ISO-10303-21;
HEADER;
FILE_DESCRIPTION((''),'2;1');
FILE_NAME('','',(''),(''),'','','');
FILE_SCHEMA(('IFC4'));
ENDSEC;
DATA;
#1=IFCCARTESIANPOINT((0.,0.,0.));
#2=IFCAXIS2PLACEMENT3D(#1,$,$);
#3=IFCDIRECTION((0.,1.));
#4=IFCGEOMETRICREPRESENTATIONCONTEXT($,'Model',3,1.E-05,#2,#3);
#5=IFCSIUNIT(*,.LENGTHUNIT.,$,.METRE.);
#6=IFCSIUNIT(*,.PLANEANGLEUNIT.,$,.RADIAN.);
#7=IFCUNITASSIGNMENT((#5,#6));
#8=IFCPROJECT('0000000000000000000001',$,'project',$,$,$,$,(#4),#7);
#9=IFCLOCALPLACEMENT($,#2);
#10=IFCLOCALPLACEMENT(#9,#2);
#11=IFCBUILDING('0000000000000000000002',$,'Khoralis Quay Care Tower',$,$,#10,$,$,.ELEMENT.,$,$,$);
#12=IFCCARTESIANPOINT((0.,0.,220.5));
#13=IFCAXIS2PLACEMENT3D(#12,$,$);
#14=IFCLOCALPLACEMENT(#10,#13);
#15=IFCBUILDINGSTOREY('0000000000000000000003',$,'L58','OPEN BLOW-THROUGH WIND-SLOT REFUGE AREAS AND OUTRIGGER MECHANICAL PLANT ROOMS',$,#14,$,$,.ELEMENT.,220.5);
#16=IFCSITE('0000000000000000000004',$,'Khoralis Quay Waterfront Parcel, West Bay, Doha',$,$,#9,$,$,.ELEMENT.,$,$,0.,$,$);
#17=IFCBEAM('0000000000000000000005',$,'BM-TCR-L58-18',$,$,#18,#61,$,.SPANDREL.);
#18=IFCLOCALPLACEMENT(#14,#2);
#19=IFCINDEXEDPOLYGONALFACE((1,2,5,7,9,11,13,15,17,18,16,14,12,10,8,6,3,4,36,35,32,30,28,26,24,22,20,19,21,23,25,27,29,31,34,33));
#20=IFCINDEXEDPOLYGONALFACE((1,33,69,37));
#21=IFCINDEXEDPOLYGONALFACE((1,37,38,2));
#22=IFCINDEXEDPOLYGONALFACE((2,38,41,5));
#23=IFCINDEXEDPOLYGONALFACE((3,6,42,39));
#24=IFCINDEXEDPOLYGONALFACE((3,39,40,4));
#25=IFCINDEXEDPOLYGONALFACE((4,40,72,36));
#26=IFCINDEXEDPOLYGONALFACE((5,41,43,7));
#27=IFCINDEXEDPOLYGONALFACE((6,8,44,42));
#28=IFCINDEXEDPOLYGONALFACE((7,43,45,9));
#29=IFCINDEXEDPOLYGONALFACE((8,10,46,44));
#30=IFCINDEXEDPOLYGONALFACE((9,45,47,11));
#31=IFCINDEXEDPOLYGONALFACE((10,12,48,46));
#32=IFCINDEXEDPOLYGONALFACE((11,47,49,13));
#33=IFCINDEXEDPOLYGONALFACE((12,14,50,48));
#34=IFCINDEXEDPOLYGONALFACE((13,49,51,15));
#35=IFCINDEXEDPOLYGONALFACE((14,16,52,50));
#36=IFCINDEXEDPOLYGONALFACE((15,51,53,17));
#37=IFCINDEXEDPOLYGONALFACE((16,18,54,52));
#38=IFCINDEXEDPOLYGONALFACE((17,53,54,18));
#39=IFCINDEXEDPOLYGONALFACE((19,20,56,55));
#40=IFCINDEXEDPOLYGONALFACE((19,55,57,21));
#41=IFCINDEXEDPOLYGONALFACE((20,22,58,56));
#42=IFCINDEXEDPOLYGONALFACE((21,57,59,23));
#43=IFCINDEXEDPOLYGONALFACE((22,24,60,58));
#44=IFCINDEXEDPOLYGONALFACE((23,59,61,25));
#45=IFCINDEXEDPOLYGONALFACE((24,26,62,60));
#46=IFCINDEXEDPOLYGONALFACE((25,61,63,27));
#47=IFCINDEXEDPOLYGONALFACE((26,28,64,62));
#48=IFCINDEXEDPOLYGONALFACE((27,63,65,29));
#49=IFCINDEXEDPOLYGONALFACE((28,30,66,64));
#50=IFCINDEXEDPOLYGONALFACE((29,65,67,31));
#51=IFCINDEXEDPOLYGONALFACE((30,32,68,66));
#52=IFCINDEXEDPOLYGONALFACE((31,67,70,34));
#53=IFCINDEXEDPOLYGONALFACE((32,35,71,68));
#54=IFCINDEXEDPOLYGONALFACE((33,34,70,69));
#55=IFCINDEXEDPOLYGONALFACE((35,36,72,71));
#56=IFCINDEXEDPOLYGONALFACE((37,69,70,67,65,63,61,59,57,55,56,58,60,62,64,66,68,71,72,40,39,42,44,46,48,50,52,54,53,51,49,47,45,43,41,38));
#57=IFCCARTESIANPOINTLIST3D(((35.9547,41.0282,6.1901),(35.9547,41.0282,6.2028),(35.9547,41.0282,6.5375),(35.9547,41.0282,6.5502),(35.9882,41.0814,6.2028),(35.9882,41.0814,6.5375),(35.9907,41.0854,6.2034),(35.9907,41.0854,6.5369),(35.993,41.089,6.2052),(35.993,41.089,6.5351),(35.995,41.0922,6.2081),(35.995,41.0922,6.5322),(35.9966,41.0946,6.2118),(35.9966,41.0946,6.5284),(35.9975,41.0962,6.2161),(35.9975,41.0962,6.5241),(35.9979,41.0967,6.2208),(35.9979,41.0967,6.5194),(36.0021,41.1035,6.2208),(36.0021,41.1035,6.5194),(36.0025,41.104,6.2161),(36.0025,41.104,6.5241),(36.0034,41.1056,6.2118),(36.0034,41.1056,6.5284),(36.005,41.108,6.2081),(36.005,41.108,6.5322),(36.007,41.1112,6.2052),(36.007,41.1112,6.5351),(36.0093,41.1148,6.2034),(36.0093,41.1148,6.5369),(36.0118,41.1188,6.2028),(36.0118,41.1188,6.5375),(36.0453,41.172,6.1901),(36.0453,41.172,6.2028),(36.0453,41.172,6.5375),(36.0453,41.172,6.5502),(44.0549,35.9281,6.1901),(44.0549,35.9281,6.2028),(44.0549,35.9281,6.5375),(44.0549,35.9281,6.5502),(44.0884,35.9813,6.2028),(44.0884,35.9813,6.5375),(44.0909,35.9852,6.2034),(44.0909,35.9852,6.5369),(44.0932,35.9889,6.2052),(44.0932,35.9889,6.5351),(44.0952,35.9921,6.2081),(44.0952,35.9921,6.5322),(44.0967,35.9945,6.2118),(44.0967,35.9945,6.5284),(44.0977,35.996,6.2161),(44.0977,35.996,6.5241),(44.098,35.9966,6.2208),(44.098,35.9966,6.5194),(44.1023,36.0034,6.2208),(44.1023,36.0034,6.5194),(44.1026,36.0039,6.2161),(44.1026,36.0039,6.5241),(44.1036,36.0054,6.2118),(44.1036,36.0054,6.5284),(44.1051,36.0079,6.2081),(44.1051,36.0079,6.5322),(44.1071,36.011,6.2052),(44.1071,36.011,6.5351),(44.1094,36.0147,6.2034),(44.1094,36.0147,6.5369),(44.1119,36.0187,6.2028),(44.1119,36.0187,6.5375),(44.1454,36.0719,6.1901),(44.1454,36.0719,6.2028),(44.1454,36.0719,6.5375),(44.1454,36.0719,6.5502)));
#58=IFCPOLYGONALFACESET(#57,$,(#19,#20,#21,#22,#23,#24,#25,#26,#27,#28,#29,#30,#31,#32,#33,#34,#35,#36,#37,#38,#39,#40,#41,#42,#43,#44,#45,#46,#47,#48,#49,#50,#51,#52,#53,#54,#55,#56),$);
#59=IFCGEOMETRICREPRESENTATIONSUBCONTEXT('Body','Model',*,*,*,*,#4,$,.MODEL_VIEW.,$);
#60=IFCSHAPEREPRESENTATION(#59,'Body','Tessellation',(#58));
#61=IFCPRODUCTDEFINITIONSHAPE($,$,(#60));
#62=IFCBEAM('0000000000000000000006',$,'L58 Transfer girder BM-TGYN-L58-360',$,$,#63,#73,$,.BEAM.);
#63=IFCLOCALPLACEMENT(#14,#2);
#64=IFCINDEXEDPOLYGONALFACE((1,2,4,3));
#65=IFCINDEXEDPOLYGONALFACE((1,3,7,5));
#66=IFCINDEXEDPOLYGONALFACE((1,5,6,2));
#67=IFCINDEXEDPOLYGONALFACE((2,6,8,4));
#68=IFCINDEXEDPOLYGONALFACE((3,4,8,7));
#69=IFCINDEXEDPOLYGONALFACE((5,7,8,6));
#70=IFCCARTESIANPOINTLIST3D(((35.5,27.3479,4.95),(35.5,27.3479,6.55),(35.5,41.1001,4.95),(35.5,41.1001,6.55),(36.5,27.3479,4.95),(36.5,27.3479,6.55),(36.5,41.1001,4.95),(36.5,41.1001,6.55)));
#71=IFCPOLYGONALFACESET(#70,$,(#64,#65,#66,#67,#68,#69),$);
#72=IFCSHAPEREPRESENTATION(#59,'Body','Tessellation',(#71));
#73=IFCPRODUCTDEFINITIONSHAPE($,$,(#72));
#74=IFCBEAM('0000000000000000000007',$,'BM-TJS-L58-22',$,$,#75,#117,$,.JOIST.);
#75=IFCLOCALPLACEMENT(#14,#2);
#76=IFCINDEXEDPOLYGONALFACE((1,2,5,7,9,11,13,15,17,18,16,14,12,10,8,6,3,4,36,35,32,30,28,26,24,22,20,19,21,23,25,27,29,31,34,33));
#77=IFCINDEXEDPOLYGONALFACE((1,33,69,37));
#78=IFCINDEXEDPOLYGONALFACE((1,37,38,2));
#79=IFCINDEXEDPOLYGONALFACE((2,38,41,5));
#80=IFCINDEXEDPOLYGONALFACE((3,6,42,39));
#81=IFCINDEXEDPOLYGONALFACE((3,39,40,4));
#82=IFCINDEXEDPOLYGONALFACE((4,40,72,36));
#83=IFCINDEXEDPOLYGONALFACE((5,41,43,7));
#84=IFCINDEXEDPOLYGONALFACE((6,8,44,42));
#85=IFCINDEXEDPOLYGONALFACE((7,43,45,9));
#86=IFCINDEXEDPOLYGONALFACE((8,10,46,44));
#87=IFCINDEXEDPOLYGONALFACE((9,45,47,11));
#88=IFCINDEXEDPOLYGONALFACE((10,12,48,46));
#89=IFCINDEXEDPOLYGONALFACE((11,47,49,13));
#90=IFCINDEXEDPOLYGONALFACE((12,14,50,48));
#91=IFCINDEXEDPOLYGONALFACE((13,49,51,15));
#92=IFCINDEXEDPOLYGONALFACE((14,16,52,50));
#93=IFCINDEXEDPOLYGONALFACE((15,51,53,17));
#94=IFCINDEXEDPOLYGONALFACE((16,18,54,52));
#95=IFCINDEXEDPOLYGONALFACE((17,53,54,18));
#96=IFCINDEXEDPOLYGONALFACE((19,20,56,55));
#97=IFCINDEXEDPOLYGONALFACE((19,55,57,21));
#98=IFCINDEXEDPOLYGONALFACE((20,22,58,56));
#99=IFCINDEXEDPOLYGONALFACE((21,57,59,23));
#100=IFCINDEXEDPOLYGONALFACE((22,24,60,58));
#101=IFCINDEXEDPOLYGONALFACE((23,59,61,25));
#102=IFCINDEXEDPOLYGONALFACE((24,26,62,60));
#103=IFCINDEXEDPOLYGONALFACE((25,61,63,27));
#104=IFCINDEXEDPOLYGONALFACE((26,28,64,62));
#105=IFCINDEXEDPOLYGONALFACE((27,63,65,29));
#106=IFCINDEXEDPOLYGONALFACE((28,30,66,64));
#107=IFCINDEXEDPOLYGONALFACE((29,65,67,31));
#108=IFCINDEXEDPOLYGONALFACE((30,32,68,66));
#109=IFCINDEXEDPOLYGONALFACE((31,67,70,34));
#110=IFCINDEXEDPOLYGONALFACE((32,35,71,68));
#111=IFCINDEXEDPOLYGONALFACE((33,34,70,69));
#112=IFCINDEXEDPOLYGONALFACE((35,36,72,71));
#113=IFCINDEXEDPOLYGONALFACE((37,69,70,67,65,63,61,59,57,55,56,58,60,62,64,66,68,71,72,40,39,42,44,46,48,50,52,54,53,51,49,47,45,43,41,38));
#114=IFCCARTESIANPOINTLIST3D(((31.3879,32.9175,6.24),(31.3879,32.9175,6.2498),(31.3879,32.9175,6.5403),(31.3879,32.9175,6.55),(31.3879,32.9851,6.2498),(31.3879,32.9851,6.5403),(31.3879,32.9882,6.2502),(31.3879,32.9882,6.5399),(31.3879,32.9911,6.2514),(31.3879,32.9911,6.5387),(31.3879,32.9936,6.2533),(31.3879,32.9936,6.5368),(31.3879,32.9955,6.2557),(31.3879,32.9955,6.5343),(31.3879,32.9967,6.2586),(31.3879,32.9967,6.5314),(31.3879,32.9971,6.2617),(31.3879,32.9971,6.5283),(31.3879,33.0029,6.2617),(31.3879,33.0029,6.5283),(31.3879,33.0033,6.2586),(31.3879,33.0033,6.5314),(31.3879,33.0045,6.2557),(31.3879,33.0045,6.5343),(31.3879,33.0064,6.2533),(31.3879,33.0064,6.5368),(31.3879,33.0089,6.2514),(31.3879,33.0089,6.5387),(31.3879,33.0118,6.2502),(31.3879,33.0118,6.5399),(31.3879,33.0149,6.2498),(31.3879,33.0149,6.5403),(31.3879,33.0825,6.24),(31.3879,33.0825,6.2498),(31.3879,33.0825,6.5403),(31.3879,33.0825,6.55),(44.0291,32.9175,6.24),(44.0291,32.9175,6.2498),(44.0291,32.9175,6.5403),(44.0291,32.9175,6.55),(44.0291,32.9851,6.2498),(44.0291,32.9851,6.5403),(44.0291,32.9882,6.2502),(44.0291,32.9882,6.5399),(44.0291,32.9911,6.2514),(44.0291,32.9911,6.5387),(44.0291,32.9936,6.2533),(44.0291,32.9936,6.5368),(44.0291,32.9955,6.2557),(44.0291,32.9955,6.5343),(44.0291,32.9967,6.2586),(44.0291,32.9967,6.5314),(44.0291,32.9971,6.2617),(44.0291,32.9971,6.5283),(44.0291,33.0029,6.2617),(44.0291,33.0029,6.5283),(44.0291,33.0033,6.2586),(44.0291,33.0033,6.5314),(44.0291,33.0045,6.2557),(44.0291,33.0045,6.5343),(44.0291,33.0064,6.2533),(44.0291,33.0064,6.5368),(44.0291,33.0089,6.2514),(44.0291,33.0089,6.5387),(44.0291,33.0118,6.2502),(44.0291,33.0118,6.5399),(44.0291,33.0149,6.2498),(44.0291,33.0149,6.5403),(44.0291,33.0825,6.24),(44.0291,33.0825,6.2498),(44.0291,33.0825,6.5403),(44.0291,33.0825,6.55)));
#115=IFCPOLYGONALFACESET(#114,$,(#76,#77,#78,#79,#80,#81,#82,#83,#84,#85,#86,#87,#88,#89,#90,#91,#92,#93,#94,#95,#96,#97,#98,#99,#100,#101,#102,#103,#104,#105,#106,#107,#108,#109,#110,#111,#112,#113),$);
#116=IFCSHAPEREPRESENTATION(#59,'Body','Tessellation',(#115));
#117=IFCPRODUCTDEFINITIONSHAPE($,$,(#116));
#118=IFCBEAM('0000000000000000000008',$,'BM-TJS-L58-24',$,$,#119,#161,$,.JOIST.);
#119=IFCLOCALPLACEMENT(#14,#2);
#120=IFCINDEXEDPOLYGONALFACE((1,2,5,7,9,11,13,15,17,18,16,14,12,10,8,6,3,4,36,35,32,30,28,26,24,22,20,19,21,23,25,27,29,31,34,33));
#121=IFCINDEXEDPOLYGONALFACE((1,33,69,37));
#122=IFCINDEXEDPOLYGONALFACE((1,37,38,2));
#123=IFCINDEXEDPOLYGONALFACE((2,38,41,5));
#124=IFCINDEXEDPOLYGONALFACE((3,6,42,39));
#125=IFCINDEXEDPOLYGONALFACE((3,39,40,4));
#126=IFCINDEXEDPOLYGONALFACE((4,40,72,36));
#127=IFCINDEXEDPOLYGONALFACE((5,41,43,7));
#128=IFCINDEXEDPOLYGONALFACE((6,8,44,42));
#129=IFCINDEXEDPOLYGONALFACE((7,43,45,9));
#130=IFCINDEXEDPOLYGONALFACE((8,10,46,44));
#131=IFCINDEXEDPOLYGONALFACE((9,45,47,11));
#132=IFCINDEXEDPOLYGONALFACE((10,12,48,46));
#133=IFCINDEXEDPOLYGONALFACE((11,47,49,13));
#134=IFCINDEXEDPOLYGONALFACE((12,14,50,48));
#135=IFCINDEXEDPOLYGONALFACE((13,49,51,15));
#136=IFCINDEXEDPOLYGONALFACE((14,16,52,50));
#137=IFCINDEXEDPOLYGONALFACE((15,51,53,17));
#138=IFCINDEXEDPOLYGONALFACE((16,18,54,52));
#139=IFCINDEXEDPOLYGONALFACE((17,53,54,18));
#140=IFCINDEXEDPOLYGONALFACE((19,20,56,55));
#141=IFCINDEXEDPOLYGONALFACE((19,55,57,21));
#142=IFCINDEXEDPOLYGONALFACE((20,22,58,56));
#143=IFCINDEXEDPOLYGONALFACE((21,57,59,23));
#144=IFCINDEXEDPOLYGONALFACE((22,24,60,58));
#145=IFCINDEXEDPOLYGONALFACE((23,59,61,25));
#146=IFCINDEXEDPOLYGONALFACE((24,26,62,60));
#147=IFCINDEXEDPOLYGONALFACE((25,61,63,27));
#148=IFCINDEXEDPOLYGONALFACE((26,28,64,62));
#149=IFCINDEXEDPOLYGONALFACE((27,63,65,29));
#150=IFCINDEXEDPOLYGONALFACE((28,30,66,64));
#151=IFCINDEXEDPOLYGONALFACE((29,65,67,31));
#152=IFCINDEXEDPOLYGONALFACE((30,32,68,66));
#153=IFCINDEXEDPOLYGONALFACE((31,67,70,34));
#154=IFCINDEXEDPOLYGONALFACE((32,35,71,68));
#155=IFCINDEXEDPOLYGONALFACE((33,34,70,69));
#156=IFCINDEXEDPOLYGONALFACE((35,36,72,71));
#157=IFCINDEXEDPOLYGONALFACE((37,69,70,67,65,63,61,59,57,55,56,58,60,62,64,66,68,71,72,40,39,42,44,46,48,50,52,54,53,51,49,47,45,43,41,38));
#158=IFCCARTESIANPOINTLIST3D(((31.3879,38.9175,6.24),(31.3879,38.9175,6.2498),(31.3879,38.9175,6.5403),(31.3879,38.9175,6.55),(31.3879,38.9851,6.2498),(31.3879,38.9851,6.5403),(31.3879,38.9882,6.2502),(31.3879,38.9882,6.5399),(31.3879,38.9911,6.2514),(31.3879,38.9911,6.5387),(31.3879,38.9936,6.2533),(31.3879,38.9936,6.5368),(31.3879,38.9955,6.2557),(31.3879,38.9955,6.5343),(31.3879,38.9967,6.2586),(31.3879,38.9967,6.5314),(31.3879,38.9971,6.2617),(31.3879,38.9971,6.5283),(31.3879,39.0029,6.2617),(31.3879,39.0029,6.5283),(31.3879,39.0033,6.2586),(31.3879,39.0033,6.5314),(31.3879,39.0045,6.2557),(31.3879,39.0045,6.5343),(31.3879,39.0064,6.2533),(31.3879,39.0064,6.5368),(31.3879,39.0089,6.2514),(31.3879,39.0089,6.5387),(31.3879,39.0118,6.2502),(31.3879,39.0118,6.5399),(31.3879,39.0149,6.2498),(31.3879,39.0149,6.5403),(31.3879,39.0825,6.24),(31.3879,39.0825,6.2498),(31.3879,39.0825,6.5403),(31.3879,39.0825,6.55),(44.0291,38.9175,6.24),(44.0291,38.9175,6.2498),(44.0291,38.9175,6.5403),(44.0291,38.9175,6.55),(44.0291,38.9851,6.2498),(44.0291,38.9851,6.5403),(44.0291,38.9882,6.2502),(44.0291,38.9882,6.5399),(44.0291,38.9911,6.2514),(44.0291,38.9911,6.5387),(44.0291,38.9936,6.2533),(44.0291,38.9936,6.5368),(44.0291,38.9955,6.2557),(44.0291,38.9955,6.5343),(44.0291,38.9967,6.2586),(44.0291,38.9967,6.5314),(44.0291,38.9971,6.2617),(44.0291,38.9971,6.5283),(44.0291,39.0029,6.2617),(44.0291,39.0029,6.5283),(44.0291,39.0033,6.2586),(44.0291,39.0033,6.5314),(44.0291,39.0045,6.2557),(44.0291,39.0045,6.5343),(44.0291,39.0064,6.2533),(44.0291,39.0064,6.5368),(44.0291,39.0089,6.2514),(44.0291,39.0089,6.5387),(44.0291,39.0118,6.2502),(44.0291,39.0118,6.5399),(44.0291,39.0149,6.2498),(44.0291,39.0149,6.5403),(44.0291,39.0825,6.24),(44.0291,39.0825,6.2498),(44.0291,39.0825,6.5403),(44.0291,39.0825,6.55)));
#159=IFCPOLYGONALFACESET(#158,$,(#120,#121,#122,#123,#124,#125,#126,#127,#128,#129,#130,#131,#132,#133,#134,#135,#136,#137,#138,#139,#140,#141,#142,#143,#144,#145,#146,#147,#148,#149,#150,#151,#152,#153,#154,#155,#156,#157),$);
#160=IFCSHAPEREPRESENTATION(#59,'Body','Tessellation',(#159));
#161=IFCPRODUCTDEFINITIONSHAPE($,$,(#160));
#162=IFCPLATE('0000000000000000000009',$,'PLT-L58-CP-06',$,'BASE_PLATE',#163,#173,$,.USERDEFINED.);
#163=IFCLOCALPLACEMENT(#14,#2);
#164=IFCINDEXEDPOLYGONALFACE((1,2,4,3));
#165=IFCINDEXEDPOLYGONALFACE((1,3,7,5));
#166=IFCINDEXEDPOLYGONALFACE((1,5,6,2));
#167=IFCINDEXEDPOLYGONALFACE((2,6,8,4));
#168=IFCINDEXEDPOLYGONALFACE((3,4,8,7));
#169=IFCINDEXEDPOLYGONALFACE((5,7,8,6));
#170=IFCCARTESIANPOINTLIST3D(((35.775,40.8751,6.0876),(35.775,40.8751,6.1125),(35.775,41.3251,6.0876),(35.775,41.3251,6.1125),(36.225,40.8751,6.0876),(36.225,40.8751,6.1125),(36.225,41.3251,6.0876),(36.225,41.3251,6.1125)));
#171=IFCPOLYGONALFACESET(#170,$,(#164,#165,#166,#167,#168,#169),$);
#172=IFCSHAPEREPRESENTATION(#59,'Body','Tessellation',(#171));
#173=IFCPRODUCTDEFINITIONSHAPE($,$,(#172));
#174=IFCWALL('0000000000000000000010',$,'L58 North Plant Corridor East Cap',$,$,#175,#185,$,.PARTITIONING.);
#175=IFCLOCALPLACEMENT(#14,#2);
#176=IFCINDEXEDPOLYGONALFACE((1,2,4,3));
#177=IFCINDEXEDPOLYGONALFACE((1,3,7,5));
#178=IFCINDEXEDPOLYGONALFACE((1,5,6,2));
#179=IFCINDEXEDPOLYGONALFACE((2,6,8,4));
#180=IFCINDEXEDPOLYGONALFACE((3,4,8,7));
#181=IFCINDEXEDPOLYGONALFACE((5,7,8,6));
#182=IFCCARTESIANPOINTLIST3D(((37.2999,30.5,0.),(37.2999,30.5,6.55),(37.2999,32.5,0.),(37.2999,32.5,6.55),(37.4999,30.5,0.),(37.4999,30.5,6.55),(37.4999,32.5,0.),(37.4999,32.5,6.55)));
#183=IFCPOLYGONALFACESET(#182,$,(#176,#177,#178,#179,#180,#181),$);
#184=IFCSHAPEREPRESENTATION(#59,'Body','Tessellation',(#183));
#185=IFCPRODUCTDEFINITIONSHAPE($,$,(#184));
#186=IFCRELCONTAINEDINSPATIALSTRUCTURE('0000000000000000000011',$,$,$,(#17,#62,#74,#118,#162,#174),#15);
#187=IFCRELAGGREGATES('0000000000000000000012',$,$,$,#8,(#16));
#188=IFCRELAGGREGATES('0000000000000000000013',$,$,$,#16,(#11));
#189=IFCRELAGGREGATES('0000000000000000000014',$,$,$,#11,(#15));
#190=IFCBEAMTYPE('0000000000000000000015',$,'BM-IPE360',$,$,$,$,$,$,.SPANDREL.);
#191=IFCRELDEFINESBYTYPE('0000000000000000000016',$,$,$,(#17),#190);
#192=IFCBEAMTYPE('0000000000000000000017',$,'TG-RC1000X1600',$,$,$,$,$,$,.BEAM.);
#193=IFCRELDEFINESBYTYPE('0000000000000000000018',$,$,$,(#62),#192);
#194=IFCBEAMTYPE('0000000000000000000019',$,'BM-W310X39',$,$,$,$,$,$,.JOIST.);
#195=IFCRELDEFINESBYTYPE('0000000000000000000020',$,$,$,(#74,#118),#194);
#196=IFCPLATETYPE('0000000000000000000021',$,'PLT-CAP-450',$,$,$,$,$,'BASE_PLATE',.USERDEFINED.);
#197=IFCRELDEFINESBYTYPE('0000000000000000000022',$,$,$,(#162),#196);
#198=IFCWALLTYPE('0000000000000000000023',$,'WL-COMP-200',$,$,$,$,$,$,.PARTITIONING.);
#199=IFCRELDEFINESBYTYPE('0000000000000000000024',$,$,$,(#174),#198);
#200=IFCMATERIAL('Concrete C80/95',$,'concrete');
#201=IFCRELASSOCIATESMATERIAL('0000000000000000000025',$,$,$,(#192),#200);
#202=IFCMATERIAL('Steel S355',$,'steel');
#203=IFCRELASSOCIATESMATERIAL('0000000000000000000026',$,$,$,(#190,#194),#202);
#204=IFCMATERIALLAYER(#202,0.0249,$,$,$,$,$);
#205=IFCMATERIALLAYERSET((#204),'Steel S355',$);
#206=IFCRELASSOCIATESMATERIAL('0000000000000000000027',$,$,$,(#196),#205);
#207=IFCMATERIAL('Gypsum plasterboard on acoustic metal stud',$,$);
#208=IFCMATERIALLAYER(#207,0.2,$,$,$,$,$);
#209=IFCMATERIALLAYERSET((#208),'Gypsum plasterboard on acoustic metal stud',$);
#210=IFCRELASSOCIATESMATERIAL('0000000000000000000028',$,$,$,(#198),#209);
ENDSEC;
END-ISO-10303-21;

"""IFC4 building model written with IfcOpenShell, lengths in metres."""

from ifc_helpers import new_model, si_unit, direction, frame, frame_2d, origin, origin_2d, place, context, subcontext, project, spatial, rectangle, i_section, extrude, source, transform, mapped, material, layer, layer_set, material_profile, profile_set, type_object, element, save


model = new_model("IFC4")

# Units and contexts
model_context = context("Model", 3, precision=1e-05, world=origin(), true_north=direction((0.0, 1.0)))
body_context = subcontext(model_context, "Body", "Model", "MODEL_VIEW")
ifc_project = project(units=[si_unit("LENGTHUNIT", "METRE"), si_unit("PLANEANGLEUNIT", "RADIAN")], contexts=[model_context])

# Site, building, storey
site_placement = place(None, origin())
site = spatial("IfcSite", under=ifc_project, at=site_placement, Name="Khoralis Quay Waterfront Parcel, West Bay, Doha", CompositionType="ELEMENT", RefElevation=0.0)
building_placement = place(site_placement, origin())
building = spatial("IfcBuilding", under=site, at=building_placement, Name="Khoralis Quay Care Tower", CompositionType="ELEMENT")
storey_placement = place(building_placement, frame((0.0, 0.0, 220.5)))
storey = spatial("IfcBuildingStorey", under=building, at=storey_placement, Name="L58", Description="OPEN BLOW-THROUGH WIND-SLOT REFUGE AREAS AND OUTRIGGER MECHANICAL PLANT ROOMS", CompositionType="ELEMENT", Elevation=220.5)

# Beams
ifc_material_1 = material(Name="Concrete C80/95", Category="concrete")
ifc_material_profile_1 = material_profile(ifc_material_1, rectangle(XDim=1.0, YDim=1.6001, at=origin_2d()), Name="Concrete C80/95")
ifc_profile_set_1 = profile_set([ifc_material_profile_1], Name="Concrete C80/95")
beam_type_1 = type_object("IfcBeamType", Name="TG-RC1000X1600", PredefinedType="BEAM", material=ifc_profile_set_1)
ifc_material_2 = material(Name="Steel S355", Category="steel")
ifc_material_profile_2 = material_profile(ifc_material_2, i_section(OverallWidth=0.1699, OverallDepth=0.3601, WebThickness=0.0081, FlangeThickness=0.0127, FilletRadius=0.0181, at=origin_2d()), Name="Steel S355")
ifc_profile_set_2 = profile_set([ifc_material_profile_2], Name="Steel S355")
beam_type_2 = type_object("IfcBeamType", Name="BM-IPE360", PredefinedType="SPANDREL", material=ifc_profile_set_2)
shared_shape_1 = source(origin(), body_context, "Body", "SweptSolid", [
    extrude(i_section(OverallWidth=0.1699, OverallDepth=0.3601, WebThickness=0.0081, FlangeThickness=0.0127, FilletRadius=0.0181, at=origin_2d()), origin(), (0.0, 0.0, 1.0), 9.572),
])
beam_1_placement = place(storey_placement, frame((36.0, 41.1001, 6.3701), z_axis=(0.846231, -0.532816, 0.0), x_axis=(0.532816, 0.846231, 0.0)))
element("IfcBeam", 1, at=beam_1_placement, inside=storey, type_object=beam_type_2, Name="BM-TCR-L58-18", PredefinedType="SPANDREL", context=body_context, shape_type="MappedRepresentation", body=[
    mapped(shared_shape_1, transform((0.0, 0.0, 0.0), scale=1.0)),
])
shared_shape_2 = source(origin(), body_context, "Body", "SweptSolid", [
    extrude(rectangle(XDim=1.0, YDim=1.6001, at=origin_2d()), origin(), (0.0, 0.0, 1.0), 13.7522),
])
beam_2_placement = place(storey_placement, frame((36.0, 27.3479, 5.75), z_axis=(0.0, 1.0, 0.0), x_axis=(-1.0, 0.0, 0.0)))
element("IfcBeam", 2, at=beam_2_placement, inside=storey, type_object=beam_type_1, Name="L58 Transfer girder BM-TGYN-L58-360", PredefinedType="BEAM", context=body_context, shape_type="MappedRepresentation", body=[
    mapped(shared_shape_2, transform((0.0, 0.0, 0.0), scale=1.0)),
])
ifc_material_profile_3 = material_profile(ifc_material_2, i_section(OverallWidth=0.165, OverallDepth=0.3101, WebThickness=0.0059, FlangeThickness=0.0098, FilletRadius=0.012, at=origin_2d()), Name="Steel S355")
ifc_profile_set_3 = profile_set([ifc_material_profile_3], Name="Steel S355")
beam_type_3 = type_object("IfcBeamType", Name="BM-W310X39", PredefinedType="JOIST", material=ifc_profile_set_3)
shared_shape_3 = source(origin(), body_context, "Body", "SweptSolid", [
    extrude(i_section(OverallWidth=0.165, OverallDepth=0.3101, WebThickness=0.0059, FlangeThickness=0.0098, FilletRadius=0.012, at=origin_2d()), origin(), (0.0, 0.0, 1.0), 12.6411),
])
for number, where, z_axis, x_axis, name in (
    (3, (31.3879, 33.0, 6.395), (1.0, 0.0, 0.0), (0.0, 1.0, 0.0), "BM-TJS-L58-22"),
    (4, (31.3879, 39.0, 6.395), (1.0, 0.0, 0.0), (0.0, 1.0, 0.0), "BM-TJS-L58-24"),
):
    element("IfcBeam", number, at=place(storey_placement, frame(where, z_axis=z_axis, x_axis=x_axis)), inside=storey, type_object=beam_type_3, Name=name, PredefinedType="JOIST", context=body_context, shape_type="MappedRepresentation", body=[
        mapped(shared_shape_3, transform((0.0, 0.0, 0.0), scale=1.0)),
    ])

# Plate
ifc_layer_1 = layer(ifc_material_2, 0.0249)
ifc_layer_set_1 = layer_set([ifc_layer_1], Name="Steel S355")
plate_type = type_object("IfcPlateType", Name="PLT-CAP-450", ElementType="BASE_PLATE", PredefinedType="USERDEFINED", material=ifc_layer_set_1)
shared_shape_4 = source(origin(), body_context, "Body", "SweptSolid", [
    extrude(rectangle(XDim=0.45, YDim=0.45, at=origin_2d()), origin(), (0.0, 0.0, 1.0), 0.0249),
])
plate_placement = place(storey_placement, frame((36.0, 41.1001, 6.0876), z_axis=(0.0, 0.0, 1.0), x_axis=(1.0, 0.0, 0.0)))
element("IfcPlate", 5, at=plate_placement, inside=storey, type_object=plate_type, Name="PLT-L58-CP-06", ObjectType="BASE_PLATE", PredefinedType="USERDEFINED", context=body_context, shape_type="MappedRepresentation", body=[
    mapped(shared_shape_4, transform((0.0, 0.0, 0.0), scale=1.0)),
])

# Wall
ifc_material_3 = material(Name="Gypsum plasterboard on acoustic metal stud")
ifc_layer_2 = layer(ifc_material_3, 0.2)
ifc_layer_set_2 = layer_set([ifc_layer_2], Name="Gypsum plasterboard on acoustic metal stud")
wall_type_1 = type_object("IfcWallType", Name="WL-COMP-200", PredefinedType="PARTITIONING", material=ifc_layer_set_2)
wall_1_placement = place(storey_placement, frame((37.3999, 30.5, 0.0), z_axis=(0.0, 0.0, 1.0), x_axis=(0.0, 1.0, 0.0)))
element("IfcWall", 6, at=wall_1_placement, inside=storey, type_object=wall_type_1, Name="L58 North Plant Corridor East Cap", PredefinedType="PARTITIONING", context=body_context, shape_type="SweptSolid", body=[
    extrude(rectangle(XDim=2.0, YDim=0.2, at=frame_2d((1.0, 0.0))), origin(), (0.0, 0.0, 1.0), 6.55),
])

save(model, "model.ifc")
